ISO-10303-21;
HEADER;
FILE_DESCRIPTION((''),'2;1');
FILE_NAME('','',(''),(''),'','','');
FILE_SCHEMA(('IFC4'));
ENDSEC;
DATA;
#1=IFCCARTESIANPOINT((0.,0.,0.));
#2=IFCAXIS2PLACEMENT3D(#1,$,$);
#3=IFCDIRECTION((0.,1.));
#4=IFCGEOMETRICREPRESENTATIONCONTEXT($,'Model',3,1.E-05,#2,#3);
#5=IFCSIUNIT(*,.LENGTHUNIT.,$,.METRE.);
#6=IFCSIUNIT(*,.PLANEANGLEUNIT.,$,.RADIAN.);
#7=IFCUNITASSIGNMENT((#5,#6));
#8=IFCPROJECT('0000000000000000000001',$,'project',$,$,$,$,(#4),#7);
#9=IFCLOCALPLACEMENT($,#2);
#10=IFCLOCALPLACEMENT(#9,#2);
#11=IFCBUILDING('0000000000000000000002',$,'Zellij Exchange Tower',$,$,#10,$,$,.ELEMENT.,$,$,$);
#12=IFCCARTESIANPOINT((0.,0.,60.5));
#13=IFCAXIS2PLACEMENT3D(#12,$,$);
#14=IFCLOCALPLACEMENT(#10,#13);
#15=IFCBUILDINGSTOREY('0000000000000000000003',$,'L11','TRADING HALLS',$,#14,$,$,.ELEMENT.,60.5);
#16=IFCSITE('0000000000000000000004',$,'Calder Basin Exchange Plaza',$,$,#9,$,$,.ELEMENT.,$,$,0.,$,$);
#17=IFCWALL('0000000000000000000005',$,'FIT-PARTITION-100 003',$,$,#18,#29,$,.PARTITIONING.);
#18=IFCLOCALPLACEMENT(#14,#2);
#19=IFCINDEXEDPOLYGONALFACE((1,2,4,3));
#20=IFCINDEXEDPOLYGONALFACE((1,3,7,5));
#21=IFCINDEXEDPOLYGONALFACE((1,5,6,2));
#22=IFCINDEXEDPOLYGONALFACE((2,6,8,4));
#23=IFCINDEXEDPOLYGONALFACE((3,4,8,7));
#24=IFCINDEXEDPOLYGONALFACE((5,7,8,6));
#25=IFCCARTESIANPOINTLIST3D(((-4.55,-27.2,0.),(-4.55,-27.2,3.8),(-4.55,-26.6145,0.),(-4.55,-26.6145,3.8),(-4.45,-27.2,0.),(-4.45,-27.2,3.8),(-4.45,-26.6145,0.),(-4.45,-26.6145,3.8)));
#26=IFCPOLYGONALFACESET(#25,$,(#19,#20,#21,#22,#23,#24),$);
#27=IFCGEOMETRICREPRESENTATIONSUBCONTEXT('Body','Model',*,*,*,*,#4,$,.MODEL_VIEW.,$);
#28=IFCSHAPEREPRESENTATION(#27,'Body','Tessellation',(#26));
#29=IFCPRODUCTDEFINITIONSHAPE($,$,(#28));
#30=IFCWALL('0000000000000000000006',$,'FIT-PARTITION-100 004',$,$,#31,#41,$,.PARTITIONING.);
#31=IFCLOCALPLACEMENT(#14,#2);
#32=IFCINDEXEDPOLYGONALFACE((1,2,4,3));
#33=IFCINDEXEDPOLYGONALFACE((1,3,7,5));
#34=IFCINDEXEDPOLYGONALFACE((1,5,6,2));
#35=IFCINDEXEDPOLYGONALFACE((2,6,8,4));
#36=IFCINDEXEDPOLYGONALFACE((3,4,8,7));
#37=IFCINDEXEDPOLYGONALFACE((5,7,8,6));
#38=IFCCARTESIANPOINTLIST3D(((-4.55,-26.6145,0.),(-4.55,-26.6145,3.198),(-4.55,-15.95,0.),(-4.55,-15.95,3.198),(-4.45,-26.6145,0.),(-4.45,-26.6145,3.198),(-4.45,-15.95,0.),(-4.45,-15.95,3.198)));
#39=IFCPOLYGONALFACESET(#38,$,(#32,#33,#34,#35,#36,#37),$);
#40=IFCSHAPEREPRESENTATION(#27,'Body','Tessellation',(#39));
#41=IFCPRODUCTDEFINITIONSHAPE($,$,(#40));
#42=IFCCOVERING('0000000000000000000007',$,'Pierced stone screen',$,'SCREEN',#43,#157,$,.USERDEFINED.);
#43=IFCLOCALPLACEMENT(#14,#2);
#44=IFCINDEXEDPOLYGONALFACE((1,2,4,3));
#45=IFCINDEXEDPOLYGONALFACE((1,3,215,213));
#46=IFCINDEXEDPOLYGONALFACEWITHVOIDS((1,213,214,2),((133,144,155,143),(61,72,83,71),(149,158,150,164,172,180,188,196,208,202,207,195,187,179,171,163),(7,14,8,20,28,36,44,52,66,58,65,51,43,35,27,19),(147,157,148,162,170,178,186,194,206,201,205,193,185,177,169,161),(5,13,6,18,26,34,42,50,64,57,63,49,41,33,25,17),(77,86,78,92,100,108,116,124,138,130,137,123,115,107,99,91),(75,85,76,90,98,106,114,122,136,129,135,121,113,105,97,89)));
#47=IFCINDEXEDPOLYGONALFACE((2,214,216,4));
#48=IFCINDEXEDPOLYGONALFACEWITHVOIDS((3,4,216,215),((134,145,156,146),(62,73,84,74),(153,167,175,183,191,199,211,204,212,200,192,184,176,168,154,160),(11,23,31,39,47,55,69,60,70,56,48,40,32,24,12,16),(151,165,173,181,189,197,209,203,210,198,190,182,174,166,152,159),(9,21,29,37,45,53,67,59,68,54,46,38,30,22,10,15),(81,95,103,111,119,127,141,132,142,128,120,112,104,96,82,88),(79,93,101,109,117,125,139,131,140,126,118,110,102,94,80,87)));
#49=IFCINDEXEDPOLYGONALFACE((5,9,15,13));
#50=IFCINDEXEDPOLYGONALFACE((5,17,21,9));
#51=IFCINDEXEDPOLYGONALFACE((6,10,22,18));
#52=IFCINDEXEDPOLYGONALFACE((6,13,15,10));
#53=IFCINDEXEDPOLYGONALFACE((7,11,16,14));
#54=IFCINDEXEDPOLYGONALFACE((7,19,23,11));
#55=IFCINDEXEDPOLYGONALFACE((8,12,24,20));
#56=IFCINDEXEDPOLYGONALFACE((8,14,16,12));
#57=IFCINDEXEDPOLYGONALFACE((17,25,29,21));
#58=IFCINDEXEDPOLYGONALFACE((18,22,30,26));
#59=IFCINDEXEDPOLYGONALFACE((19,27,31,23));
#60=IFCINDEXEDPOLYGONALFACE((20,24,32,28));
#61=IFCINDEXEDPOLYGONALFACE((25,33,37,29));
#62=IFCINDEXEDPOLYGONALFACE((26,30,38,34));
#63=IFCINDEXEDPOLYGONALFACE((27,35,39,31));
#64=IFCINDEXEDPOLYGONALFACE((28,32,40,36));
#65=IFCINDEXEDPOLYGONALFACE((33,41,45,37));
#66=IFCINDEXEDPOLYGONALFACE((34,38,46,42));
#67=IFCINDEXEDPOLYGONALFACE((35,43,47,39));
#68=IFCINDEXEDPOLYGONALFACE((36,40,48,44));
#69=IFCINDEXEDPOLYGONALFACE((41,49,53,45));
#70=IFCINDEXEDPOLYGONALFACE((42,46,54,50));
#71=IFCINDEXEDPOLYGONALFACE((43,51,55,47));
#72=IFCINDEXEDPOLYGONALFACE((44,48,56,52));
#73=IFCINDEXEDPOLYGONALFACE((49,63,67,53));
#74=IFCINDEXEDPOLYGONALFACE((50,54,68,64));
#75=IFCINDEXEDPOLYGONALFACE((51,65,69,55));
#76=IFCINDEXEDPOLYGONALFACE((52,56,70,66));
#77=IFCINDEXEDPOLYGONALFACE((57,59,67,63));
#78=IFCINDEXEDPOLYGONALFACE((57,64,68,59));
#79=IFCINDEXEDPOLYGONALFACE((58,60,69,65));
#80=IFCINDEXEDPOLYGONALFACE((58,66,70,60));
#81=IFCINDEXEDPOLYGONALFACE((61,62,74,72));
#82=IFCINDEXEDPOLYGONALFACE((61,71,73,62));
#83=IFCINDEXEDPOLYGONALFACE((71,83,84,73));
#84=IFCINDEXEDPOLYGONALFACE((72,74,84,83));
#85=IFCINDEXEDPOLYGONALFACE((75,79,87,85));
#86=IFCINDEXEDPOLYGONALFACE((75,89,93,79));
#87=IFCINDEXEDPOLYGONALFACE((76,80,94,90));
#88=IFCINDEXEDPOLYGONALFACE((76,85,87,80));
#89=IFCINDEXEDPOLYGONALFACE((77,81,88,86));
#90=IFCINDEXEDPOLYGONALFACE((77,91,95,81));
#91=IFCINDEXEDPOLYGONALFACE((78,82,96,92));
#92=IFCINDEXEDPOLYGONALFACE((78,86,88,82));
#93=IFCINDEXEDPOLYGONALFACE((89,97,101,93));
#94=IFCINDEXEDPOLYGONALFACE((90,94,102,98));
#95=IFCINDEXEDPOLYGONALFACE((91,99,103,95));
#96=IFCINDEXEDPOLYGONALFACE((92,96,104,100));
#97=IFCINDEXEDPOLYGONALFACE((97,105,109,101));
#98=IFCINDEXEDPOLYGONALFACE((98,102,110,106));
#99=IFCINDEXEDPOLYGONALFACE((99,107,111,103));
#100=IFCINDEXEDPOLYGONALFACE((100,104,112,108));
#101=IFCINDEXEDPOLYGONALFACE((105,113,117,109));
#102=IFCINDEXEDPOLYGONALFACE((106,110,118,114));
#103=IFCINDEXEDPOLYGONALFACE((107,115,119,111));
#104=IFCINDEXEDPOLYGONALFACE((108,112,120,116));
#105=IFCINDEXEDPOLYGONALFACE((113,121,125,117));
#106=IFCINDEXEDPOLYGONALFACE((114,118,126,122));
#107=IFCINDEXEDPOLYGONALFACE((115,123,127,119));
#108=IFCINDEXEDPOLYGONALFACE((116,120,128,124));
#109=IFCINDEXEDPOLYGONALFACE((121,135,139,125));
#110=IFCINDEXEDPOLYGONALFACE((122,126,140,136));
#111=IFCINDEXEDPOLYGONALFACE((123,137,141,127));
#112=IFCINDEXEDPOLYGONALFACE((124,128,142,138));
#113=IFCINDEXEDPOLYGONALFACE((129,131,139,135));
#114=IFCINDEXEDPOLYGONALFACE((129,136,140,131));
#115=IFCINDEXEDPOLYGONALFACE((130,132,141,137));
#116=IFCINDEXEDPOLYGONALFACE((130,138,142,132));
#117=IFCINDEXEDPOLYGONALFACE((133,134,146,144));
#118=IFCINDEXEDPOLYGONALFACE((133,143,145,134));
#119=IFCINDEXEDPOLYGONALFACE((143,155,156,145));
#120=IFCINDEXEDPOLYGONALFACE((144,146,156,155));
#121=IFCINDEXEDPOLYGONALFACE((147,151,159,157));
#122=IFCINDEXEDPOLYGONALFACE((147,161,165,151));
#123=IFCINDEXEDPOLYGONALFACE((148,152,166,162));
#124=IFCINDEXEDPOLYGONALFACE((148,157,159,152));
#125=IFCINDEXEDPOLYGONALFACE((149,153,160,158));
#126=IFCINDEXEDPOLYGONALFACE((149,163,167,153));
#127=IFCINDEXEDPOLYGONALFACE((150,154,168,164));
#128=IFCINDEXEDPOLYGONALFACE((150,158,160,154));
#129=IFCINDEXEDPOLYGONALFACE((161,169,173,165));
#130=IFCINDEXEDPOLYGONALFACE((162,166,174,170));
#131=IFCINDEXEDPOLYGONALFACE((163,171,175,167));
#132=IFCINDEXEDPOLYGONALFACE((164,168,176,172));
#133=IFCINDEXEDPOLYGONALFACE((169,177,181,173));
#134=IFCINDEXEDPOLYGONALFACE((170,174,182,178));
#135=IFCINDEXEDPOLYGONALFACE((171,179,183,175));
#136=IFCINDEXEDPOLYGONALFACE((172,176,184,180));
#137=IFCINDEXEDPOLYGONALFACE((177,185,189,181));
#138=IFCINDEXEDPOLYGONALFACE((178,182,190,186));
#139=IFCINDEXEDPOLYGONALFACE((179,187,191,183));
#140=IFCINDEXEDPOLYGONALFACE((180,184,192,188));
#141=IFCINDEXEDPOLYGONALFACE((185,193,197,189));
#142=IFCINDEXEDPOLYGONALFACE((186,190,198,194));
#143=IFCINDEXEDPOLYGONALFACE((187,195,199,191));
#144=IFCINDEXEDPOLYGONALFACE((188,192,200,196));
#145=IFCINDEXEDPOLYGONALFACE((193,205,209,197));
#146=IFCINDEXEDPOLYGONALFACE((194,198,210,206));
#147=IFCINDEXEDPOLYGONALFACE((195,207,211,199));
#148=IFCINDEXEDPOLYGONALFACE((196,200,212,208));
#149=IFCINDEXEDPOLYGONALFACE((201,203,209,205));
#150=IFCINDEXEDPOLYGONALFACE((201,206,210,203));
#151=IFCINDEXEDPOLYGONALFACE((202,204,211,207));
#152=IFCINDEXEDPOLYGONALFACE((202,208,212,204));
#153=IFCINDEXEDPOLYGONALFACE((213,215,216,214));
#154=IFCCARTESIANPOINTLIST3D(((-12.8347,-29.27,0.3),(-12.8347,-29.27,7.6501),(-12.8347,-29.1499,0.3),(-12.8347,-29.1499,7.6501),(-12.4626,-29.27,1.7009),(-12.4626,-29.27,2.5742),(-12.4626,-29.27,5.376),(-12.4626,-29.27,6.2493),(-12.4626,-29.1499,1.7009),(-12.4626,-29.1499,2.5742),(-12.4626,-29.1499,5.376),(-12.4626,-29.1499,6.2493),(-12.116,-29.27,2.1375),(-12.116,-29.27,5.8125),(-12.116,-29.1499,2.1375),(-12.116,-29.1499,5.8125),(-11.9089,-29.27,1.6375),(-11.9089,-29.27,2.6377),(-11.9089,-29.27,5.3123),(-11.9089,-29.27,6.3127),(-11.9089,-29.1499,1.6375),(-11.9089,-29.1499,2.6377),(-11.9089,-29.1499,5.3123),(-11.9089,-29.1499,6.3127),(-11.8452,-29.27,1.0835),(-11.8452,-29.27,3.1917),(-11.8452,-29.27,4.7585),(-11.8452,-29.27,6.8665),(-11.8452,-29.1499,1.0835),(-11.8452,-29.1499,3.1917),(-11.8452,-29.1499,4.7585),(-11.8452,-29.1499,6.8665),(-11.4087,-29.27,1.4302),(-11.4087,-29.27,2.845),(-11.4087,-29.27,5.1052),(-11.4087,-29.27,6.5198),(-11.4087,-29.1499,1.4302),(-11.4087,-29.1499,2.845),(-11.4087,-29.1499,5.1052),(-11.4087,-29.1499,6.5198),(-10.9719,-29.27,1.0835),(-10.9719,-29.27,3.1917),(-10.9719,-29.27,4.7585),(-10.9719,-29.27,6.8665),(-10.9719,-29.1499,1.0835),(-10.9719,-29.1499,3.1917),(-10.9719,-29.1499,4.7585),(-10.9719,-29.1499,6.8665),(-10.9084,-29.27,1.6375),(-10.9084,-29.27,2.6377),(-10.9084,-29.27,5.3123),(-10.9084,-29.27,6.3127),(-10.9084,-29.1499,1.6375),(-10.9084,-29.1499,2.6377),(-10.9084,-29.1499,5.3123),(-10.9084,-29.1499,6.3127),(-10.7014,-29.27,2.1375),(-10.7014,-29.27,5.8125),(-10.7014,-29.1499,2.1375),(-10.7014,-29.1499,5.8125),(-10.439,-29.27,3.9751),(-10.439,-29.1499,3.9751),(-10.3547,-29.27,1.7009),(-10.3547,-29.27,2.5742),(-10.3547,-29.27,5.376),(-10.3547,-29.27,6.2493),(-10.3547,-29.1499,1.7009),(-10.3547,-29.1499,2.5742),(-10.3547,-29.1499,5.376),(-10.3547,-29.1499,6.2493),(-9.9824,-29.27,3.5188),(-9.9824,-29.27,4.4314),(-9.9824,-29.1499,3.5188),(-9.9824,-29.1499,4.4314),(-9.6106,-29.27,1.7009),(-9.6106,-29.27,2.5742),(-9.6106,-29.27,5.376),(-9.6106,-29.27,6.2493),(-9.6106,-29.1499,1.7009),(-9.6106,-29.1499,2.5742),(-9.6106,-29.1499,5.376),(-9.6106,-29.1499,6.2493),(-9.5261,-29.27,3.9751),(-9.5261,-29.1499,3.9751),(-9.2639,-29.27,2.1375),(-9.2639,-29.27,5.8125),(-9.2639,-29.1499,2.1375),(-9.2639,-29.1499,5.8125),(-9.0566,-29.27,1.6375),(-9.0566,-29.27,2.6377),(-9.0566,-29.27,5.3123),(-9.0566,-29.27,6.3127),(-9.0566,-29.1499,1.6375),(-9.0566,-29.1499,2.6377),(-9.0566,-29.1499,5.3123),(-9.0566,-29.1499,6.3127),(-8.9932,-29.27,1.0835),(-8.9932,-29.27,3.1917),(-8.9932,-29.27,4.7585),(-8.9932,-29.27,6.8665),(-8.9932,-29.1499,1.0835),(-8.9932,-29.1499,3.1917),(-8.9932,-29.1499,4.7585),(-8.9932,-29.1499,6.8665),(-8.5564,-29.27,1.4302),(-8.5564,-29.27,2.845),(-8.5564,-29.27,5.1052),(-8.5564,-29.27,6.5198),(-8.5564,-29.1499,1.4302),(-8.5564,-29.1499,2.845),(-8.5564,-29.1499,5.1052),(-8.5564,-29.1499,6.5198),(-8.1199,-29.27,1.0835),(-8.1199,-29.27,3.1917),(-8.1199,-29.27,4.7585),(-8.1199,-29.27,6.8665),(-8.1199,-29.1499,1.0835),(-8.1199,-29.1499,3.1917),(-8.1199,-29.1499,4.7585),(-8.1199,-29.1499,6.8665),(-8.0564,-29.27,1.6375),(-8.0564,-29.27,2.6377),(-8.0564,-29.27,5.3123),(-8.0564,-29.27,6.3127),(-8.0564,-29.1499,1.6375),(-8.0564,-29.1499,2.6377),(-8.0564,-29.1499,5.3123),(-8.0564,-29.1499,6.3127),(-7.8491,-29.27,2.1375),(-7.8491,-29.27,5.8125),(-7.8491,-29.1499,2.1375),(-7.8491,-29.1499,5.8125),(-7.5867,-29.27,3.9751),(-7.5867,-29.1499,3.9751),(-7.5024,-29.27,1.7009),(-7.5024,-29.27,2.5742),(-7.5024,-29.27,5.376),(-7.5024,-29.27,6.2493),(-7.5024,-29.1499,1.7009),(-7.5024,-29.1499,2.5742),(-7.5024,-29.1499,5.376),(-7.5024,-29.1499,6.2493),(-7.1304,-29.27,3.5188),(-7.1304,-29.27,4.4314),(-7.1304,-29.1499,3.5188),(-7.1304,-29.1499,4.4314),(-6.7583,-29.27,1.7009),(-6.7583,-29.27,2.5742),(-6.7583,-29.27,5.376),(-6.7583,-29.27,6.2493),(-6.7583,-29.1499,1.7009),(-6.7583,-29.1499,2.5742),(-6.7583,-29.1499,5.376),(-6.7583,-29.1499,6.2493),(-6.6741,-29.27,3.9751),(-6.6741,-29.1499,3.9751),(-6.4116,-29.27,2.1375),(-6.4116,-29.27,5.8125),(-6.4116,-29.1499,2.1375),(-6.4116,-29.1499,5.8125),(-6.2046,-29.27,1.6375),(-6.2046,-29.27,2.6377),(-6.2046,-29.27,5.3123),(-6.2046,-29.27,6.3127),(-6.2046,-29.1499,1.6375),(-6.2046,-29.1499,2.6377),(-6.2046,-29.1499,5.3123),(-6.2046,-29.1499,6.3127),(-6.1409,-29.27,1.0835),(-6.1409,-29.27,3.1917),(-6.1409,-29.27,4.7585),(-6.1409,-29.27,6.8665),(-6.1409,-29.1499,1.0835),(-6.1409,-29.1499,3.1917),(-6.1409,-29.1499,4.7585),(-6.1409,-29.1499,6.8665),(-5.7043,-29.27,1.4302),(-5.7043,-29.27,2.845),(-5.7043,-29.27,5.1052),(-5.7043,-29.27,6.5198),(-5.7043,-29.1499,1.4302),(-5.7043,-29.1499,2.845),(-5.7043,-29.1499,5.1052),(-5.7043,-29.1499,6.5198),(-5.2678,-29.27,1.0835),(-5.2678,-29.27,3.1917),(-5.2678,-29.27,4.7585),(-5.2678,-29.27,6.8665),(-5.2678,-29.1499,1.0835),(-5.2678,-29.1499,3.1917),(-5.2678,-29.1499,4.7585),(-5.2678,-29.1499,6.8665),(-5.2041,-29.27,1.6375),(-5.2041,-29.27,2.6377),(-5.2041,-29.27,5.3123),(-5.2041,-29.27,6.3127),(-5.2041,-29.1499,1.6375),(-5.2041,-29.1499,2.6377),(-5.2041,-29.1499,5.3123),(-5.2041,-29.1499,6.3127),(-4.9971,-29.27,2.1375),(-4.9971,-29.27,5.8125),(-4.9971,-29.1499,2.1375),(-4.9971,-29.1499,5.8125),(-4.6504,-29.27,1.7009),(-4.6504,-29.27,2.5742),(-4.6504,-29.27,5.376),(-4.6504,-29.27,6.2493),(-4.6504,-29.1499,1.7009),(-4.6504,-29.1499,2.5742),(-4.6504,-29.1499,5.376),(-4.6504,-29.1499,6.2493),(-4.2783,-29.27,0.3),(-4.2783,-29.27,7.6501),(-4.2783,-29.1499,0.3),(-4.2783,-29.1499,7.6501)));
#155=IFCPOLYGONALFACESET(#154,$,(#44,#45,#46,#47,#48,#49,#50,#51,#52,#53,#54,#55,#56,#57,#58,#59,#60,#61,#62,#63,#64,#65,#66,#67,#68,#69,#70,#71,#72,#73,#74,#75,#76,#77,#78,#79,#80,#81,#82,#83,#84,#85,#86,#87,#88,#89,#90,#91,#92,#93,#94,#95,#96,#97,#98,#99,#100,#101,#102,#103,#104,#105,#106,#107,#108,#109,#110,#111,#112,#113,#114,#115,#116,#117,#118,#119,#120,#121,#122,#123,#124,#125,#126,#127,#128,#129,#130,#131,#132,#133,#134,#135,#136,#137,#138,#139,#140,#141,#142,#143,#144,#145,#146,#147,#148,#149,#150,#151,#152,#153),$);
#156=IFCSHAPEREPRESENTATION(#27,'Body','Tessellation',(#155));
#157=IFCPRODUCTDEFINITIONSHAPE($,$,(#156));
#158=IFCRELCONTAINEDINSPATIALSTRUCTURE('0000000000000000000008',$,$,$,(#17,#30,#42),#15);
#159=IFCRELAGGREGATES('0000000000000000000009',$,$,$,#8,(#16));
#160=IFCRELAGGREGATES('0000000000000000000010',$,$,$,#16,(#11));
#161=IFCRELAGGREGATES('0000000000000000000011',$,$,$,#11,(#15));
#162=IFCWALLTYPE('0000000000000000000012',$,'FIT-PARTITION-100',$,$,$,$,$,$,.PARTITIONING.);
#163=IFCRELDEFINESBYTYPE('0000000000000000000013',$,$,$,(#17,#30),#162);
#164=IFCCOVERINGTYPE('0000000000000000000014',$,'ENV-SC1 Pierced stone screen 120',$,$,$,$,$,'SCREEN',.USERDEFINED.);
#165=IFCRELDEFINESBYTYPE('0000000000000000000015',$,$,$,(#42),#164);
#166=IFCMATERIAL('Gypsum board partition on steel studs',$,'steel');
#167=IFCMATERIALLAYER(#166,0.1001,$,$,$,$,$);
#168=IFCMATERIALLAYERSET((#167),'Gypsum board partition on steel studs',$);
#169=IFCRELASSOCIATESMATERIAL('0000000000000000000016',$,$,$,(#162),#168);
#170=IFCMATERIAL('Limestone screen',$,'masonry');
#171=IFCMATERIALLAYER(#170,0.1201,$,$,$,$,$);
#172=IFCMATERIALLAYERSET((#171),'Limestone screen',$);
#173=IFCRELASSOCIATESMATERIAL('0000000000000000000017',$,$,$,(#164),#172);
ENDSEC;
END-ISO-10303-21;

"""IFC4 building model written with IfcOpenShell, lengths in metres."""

from ifc_helpers import new_model, si_unit, direction, frame, frame_2d, origin, place, context, subcontext, project, spatial, polyline, rectangle, outline, extrude, material, layer, layer_set, type_object, element, save


model = new_model("IFC4")

# Units and contexts
model_context = context("Model", 3, precision=1e-05, world=origin(), true_north=direction((0.0, 1.0)))
body_context = subcontext(model_context, "Body", "Model", "MODEL_VIEW")
ifc_project = project(units=[si_unit("LENGTHUNIT", "METRE"), si_unit("PLANEANGLEUNIT", "RADIAN")], contexts=[model_context])

# Site, building, storey
site_placement = place(None, origin())
site = spatial("IfcSite", under=ifc_project, at=site_placement, Name="Calder Basin Exchange Plaza", CompositionType="ELEMENT", RefElevation=0.0)
building_placement = place(site_placement, origin())
building = spatial("IfcBuilding", under=site, at=building_placement, Name="Zellij Exchange Tower", CompositionType="ELEMENT")
storey_placement = place(building_placement, frame((0.0, 0.0, 60.5)))
storey = spatial("IfcBuildingStorey", under=building, at=storey_placement, Name="L11", Description="TRADING HALLS", CompositionType="ELEMENT", Elevation=60.5)

# Walls
ifc_material_1 = material(Name="Gypsum board partition on steel studs", Category="steel")
ifc_layer_1 = layer(ifc_material_1, 0.1001)
ifc_layer_set_1 = layer_set([ifc_layer_1], Name="Gypsum board partition on steel studs")
wall_type = type_object("IfcWallType", Name="FIT-PARTITION-100", PredefinedType="PARTITIONING", material=ifc_layer_set_1)
wall_1_placement = place(storey_placement, frame((-4.5, -27.2, 0.0), z_axis=(0.0, 0.0, 1.0), x_axis=(0.0, 1.0, 0.0)))
element("IfcWall", 1, at=wall_1_placement, inside=storey, type_object=wall_type, Name="FIT-PARTITION-100 003", PredefinedType="PARTITIONING", context=body_context, shape_type="SweptSolid", body=[
    extrude(rectangle(XDim=0.5854, YDim=0.1001, at=frame_2d((0.2927, 0.0))), origin(), (0.0, 0.0, 1.0), 3.8),
])
wall_2_placement = place(storey_placement, frame((-4.5, -26.6145, 0.0), z_axis=(0.0, 0.0, 1.0), x_axis=(0.0, 1.0, 0.0)))
element("IfcWall", 2, at=wall_2_placement, inside=storey, type_object=wall_type, Name="FIT-PARTITION-100 004", PredefinedType="PARTITIONING", context=body_context, shape_type="SweptSolid", body=[
    extrude(rectangle(XDim=10.6646, YDim=0.1001, at=frame_2d((5.3323, 0.0))), origin(), (0.0, 0.0, 1.0), 3.198),
])

# Covering
ifc_material_2 = material(Name="Limestone screen", Category="masonry")
ifc_layer_2 = layer(ifc_material_2, 0.1201)
ifc_layer_set_2 = layer_set([ifc_layer_2], Name="Limestone screen")
covering_type = type_object("IfcCoveringType", Name="ENV-SC1 Pierced stone screen 120", ElementType="SCREEN", PredefinedType="USERDEFINED", material=ifc_layer_set_2)
covering_1_placement = place(storey_placement, frame((-12.8347, -29.21, 0.3), z_axis=(0.0, 0.0, 1.0), x_axis=(1.0, 0.0, 0.0)))
element("IfcCovering", 3, at=covering_1_placement, inside=storey, type_object=covering_type, Name="Pierced stone screen", ObjectType="SCREEN", PredefinedType="USERDEFINED", context=body_context, shape_type="SweptSolid", body=[
    extrude(outline(polyline([(0.0, 0.0), (8.5564, 0.0), (8.5564, 7.3501), (0.0, 7.3501), (0.0, 0.0)]), holes=[polyline([(2.48, 2.2742), (1.9263, 2.3376), (1.8628, 2.8916), (1.426, 2.5449), (0.9895, 2.8916), (0.9258, 2.3376), (0.3721, 2.2742), (0.7188, 1.8374), (0.3721, 1.4009), (0.9258, 1.3374), (0.9895, 0.7834), (1.426, 1.1301), (1.8628, 0.7834), (1.9263, 1.3374), (2.48, 1.4009), (2.1333, 1.8374), (2.48, 2.2742)]), polyline([(2.48, 5.9492), (1.9263, 6.0127), (1.8628, 6.5664), (1.426, 6.2197), (0.9895, 6.5664), (0.9258, 6.0127), (0.3721, 5.9492), (0.7188, 5.5125), (0.3721, 5.0759), (0.9258, 5.0122), (0.9895, 4.4585), (1.426, 4.8052), (1.8628, 4.4585), (1.9263, 5.0122), (2.48, 5.0759), (2.1333, 5.5125), (2.48, 5.9492)]), polyline([(5.3323, 2.2742), (4.7783, 2.3376), (4.7148, 2.8916), (4.2783, 2.5449), (3.8416, 2.8916), (3.7781, 2.3376), (3.2241, 2.2742), (3.5708, 1.8374), (3.2241, 1.4009), (3.7781, 1.3374), (3.8416, 0.7834), (4.2783, 1.1301), (4.7148, 0.7834), (4.7783, 1.3374), (5.3323, 1.4009), (4.9856, 1.8374), (5.3323, 2.2742)]), polyline([(5.3323, 5.9492), (4.7783, 6.0127), (4.7148, 6.5664), (4.2783, 6.2197), (3.8416, 6.5664), (3.7781, 6.0127), (3.2241, 5.9492), (3.5708, 5.5125), (3.2241, 5.0759), (3.7781, 5.0122), (3.8416, 4.4585), (4.2783, 4.8052), (4.7148, 4.4585), (4.7783, 5.0122), (5.3323, 5.0759), (4.9856, 5.5125), (5.3323, 5.9492)]), polyline([(8.1843, 2.2742), (7.6306, 2.3376), (7.5669, 2.8916), (7.1304, 2.5449), (6.6938, 2.8916), (6.6301, 2.3376), (6.0764, 2.2742), (6.4231, 1.8374), (6.0764, 1.4009), (6.6301, 1.3374), (6.6938, 0.7834), (7.1304, 1.1301), (7.5669, 0.7834), (7.6306, 1.3374), (8.1843, 1.4009), (7.8376, 1.8374), (8.1843, 2.2742)]), polyline([(8.1843, 5.9492), (7.6306, 6.0127), (7.5669, 6.5664), (7.1304, 6.2197), (6.6938, 6.5664), (6.6301, 6.0127), (6.0764, 5.9492), (6.4231, 5.5125), (6.0764, 5.0759), (6.6301, 5.0122), (6.6938, 4.4585), (7.1304, 4.8052), (7.5669, 4.4585), (7.6306, 5.0122), (8.1843, 5.0759), (7.8376, 5.5125), (8.1843, 5.9492)]), polyline([(3.3086, 3.675), (2.8523, 4.1313), (2.3958, 3.675), (2.8523, 3.2188), (3.3086, 3.675)]), polyline([(6.1606, 3.675), (5.7043, 4.1313), (5.248, 3.675), (5.7043, 3.2188), (6.1606, 3.675)])]), frame((0.0, 0.0601, 0.0), z_axis=(0.0, -1.0, 0.0), x_axis=(1.0, 0.0, 0.0)), (0.0, 0.0, 1.0), 0.1201),
])

save(model, "model.ifc")
